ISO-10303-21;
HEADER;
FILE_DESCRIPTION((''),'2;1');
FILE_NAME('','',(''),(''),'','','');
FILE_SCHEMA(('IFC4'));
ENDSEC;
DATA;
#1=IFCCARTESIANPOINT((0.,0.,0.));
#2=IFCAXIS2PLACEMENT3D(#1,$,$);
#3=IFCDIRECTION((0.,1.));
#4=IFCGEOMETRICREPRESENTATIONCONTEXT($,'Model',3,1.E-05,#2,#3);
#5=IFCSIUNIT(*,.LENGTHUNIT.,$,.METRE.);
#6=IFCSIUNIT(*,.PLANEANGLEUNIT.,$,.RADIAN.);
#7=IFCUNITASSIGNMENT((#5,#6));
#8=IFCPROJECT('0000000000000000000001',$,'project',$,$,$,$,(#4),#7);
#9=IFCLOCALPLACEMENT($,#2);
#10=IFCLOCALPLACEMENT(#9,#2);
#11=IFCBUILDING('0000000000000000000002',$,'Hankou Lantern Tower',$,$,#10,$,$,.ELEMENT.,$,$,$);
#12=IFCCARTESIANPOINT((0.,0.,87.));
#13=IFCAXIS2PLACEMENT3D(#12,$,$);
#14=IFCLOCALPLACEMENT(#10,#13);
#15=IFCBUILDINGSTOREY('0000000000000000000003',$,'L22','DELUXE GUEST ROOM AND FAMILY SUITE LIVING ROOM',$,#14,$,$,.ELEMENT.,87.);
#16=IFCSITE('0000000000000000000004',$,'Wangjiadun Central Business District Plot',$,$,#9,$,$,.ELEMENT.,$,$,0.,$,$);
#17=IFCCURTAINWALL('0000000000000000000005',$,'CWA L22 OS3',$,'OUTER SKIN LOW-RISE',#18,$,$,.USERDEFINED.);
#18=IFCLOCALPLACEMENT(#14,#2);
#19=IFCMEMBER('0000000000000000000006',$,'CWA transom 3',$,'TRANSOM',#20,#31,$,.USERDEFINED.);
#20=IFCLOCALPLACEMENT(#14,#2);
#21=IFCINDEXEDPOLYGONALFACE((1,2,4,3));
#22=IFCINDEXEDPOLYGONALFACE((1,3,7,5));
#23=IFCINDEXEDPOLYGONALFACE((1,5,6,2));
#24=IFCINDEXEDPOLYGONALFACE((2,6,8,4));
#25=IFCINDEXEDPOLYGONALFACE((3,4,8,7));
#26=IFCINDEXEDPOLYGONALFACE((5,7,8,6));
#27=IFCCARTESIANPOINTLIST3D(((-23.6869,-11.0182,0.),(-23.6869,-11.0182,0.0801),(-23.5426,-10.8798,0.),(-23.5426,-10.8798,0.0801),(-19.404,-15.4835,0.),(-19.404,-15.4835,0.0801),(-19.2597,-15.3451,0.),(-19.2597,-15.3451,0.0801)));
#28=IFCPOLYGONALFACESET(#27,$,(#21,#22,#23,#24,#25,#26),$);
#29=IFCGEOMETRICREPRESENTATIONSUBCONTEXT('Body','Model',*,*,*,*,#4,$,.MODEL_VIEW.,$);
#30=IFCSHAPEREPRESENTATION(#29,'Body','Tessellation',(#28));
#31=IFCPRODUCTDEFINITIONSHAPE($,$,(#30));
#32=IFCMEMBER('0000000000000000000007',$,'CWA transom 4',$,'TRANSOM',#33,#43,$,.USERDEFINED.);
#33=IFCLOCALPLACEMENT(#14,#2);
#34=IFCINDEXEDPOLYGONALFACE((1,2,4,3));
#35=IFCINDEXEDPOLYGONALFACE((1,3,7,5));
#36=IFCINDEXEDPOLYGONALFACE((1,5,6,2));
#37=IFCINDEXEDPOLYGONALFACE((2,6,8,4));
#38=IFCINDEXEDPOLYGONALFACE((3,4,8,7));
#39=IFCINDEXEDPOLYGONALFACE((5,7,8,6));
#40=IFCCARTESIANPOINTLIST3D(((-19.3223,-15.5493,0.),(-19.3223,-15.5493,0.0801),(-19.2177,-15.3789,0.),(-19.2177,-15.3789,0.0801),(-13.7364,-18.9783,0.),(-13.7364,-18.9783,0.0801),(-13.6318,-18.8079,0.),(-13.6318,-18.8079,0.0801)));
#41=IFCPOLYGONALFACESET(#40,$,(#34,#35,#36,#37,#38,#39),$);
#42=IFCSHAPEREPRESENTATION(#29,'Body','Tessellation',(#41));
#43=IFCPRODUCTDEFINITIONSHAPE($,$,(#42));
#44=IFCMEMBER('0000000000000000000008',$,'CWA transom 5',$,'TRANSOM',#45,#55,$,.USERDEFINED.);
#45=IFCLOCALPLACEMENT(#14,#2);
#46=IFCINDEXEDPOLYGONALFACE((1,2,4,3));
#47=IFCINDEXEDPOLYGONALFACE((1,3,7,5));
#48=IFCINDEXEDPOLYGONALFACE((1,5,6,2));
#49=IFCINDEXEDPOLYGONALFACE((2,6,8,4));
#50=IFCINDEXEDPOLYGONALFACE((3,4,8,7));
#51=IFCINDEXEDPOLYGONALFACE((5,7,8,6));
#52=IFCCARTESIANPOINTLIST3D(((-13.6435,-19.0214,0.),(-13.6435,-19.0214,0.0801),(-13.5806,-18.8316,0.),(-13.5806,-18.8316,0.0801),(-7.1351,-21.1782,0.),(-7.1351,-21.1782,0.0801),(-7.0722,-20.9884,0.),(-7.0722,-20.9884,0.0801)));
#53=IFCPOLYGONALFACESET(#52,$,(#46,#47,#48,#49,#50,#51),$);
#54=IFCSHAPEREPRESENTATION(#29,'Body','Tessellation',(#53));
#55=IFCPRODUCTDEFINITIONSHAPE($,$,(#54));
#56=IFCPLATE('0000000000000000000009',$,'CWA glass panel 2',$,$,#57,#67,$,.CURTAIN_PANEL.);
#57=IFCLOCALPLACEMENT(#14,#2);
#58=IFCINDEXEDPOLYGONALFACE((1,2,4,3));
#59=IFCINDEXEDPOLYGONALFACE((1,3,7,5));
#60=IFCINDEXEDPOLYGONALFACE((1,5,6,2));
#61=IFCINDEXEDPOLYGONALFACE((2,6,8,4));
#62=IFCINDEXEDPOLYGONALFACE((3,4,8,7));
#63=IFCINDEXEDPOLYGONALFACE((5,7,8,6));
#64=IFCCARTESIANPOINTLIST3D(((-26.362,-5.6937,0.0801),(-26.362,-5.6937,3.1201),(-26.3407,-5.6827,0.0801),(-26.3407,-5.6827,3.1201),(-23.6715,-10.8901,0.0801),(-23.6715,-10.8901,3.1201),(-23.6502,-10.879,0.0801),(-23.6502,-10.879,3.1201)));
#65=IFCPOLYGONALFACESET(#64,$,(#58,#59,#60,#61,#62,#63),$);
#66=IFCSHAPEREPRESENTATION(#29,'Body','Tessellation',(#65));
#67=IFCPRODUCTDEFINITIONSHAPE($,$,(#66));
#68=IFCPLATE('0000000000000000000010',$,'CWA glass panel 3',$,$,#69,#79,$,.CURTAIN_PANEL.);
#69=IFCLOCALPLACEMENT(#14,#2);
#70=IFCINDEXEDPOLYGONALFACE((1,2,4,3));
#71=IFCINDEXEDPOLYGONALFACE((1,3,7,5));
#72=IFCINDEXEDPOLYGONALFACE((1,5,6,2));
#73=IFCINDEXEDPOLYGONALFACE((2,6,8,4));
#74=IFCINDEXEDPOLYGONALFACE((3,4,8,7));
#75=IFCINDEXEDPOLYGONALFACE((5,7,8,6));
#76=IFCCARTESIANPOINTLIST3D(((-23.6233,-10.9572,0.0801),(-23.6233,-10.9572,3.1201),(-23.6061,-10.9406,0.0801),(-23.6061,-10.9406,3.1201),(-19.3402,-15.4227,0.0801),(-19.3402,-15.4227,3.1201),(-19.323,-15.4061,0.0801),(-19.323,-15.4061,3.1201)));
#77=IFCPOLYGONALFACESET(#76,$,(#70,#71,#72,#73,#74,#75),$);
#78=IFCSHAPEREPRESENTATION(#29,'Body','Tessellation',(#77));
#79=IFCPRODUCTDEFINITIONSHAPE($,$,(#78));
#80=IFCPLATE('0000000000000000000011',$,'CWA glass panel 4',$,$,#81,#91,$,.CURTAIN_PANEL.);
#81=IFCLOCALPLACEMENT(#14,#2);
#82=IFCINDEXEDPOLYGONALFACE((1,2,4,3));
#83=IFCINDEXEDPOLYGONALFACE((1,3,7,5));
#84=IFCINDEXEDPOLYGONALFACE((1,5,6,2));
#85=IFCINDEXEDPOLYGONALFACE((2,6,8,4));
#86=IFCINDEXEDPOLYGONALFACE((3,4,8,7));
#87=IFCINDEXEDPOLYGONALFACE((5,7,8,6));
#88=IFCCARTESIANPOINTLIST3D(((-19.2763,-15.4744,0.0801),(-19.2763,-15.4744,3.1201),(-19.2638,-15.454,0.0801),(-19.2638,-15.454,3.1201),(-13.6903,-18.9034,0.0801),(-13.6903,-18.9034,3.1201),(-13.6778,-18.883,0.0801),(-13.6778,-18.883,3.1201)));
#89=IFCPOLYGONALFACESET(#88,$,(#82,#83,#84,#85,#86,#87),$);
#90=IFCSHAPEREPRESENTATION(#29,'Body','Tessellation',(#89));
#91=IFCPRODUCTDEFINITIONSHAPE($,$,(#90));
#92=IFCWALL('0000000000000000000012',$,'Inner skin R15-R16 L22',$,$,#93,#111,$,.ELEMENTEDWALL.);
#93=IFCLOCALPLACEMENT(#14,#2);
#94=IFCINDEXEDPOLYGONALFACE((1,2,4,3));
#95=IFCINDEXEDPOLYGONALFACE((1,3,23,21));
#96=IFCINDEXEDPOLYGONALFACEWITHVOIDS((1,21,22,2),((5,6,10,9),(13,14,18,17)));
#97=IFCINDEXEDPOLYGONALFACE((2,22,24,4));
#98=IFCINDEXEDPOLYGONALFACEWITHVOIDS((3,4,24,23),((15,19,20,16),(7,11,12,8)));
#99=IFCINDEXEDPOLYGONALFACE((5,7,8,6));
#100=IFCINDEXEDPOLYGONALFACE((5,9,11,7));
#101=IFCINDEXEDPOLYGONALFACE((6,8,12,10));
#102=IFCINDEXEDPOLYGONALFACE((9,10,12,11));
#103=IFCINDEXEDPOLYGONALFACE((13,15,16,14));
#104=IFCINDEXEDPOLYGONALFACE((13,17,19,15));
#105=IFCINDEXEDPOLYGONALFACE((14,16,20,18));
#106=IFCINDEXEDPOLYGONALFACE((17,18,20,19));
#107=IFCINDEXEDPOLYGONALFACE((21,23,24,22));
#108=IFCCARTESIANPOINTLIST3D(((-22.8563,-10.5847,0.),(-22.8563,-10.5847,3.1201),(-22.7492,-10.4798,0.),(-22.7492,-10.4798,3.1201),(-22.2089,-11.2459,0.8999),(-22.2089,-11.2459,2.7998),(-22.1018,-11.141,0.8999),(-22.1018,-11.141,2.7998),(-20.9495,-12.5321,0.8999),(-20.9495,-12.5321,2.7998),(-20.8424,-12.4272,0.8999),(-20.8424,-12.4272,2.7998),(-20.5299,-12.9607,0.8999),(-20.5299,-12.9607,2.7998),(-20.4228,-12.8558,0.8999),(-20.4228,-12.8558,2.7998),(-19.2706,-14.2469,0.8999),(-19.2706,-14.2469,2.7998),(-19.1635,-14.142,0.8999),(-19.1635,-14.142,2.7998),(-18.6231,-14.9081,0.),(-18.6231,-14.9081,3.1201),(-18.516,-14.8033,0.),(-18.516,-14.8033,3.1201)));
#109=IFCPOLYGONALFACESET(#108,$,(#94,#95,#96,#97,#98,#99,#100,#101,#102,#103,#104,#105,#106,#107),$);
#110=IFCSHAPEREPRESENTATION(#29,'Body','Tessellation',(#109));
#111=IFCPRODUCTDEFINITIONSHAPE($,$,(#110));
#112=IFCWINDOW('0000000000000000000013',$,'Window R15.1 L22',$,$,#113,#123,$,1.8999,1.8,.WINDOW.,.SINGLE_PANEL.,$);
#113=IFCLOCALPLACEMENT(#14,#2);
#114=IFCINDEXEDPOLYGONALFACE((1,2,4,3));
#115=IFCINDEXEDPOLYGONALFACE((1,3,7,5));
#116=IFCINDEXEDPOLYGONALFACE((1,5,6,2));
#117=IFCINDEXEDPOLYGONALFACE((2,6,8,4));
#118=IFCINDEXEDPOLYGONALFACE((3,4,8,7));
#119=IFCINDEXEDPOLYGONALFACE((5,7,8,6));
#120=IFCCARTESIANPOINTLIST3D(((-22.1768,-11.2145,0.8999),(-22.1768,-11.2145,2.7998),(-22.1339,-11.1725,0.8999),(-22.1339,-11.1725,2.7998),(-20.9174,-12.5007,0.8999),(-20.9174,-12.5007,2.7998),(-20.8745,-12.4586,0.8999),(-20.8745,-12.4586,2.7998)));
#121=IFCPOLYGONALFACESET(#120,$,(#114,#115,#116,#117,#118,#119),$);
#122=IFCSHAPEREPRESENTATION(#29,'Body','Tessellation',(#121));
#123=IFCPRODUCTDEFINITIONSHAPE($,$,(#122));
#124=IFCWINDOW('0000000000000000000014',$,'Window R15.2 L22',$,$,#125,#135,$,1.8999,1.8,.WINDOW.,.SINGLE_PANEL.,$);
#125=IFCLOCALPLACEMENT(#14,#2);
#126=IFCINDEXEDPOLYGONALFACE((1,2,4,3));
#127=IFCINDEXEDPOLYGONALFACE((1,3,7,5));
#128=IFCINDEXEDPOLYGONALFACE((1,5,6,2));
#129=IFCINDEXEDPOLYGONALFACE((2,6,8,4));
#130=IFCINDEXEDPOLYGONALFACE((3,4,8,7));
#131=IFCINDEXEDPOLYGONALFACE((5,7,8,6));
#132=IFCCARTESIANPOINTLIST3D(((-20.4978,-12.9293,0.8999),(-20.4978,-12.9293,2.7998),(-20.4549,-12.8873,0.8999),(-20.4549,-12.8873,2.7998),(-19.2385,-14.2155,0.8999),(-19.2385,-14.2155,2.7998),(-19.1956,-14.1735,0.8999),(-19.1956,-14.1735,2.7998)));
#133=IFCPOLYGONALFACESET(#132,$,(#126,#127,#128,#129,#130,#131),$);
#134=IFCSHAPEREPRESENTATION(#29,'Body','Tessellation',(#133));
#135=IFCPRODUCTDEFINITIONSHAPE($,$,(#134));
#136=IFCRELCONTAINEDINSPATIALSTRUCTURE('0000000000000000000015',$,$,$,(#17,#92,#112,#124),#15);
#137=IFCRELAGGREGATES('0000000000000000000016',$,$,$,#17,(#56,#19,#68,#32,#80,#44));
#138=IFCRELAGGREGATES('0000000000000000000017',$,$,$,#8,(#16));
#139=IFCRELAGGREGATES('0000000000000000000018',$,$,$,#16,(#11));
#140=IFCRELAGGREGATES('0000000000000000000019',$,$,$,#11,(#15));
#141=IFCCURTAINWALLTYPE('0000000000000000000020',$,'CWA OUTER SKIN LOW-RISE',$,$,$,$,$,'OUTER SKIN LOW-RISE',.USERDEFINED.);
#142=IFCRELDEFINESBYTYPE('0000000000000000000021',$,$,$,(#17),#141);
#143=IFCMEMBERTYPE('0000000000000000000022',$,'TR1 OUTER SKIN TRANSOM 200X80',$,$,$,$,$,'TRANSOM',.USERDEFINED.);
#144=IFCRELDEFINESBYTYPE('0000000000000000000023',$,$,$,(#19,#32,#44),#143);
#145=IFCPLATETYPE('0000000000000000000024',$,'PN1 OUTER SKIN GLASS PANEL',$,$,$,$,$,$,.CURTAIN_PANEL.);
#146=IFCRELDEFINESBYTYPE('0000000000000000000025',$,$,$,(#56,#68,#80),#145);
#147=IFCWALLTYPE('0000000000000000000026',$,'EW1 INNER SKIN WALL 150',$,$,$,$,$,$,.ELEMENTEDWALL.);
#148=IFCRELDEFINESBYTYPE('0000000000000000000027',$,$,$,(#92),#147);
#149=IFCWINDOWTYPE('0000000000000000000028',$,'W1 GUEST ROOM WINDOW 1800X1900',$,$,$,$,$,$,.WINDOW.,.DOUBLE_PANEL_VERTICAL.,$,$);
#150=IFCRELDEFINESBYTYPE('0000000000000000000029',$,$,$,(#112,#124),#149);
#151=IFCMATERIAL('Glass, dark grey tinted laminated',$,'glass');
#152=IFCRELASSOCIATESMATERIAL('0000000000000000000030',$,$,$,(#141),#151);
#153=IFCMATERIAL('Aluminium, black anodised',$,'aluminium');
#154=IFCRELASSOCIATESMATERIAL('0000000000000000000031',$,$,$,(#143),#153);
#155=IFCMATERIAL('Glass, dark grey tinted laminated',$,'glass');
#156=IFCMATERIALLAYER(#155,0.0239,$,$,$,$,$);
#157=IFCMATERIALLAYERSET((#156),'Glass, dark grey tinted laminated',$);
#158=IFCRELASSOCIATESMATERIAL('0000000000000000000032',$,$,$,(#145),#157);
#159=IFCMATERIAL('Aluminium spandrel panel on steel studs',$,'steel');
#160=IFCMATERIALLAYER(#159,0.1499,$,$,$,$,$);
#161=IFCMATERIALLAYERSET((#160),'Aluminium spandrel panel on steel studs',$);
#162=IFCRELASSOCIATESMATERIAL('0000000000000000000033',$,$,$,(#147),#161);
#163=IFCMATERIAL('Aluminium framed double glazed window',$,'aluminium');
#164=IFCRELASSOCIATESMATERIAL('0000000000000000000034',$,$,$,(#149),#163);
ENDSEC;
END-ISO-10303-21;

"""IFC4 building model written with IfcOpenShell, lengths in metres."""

from ifc_helpers import new_model, si_unit, direction, frame, frame_2d, origin, origin_2d, place, context, subcontext, project, spatial, rectangle, extrude, material, layer, layer_set, material_profile, profile_set, type_object, element, fill, aggregate, save


model = new_model("IFC4")

# Units and contexts
model_context = context("Model", 3, precision=1e-05, world=origin(), true_north=direction((0.0, 1.0)))
body_context = subcontext(model_context, "Body", "Model", "MODEL_VIEW")
ifc_project = project(units=[si_unit("LENGTHUNIT", "METRE"), si_unit("PLANEANGLEUNIT", "RADIAN")], contexts=[model_context])

# Site, building, storey
site_placement = place(None, origin())
site = spatial("IfcSite", under=ifc_project, at=site_placement, Name="Wangjiadun Central Business District Plot", CompositionType="ELEMENT", RefElevation=0.0)
building_placement = place(site_placement, origin())
building = spatial("IfcBuilding", under=site, at=building_placement, Name="Hankou Lantern Tower", CompositionType="ELEMENT")
storey_placement = place(building_placement, frame((0.0, 0.0, 87.0)))
storey = spatial("IfcBuildingStorey", under=building, at=storey_placement, Name="L22", Description="DELUXE GUEST ROOM AND FAMILY SUITE LIVING ROOM", CompositionType="ELEMENT", Elevation=87.0)

# Curtain wall
ifc_material_1 = material(Name="Glass, dark grey tinted laminated", Category="glass")
curtain_wall_type = type_object("IfcCurtainWallType", Name="CWA OUTER SKIN LOW-RISE", ElementType="OUTER SKIN LOW-RISE", PredefinedType="USERDEFINED", material=ifc_material_1)
curtain_wall_placement = place(storey_placement, origin())
curtain_wall = element("IfcCurtainWall", 1, at=curtain_wall_placement, inside=storey, type_object=curtain_wall_type, Name="CWA L22 OS3", ObjectType="OUTER SKIN LOW-RISE", PredefinedType="USERDEFINED")

# Members
ifc_material_2 = material(Name="Aluminium, black anodised", Category="aluminium")
ifc_material_profile_1 = material_profile(ifc_material_2, rectangle(XDim=0.2, YDim=0.0801, at=origin_2d()), Name="TR1 200X80")
ifc_profile_set_1 = profile_set([ifc_material_profile_1], Name="Aluminium, black anodised")
member_type_1 = type_object("IfcMemberType", Name="TR1 OUTER SKIN TRANSOM 200X80", ElementType="TRANSOM", PredefinedType="USERDEFINED", material=ifc_profile_set_1)
member_1_placement = place(storey_placement, frame((-23.6147, -10.949, 0.04), z_axis=(0.692216, -0.721691, 0.0), x_axis=(0.721691, 0.692216, 0.0)))
member_1 = element("IfcMember", 2, at=member_1_placement, type_object=member_type_1, Name="CWA transom 3", ObjectType="TRANSOM", PredefinedType="USERDEFINED", context=body_context, shape_type="SweptSolid", body=[
    extrude(rectangle(XDim=0.2, YDim=0.0801, at=origin_2d()), origin(), (0.0, 0.0, 1.0), 6.1873),
])
member_2_placement = place(storey_placement, frame((-19.27, -15.4641, 0.04), z_axis=(0.85224, -0.523152, 0.0), x_axis=(0.523152, 0.85224, 0.0)))
member_2 = element("IfcMember", 3, at=member_2_placement, type_object=member_type_1, Name="CWA transom 4", ObjectType="TRANSOM", PredefinedType="USERDEFINED", context=body_context, shape_type="SweptSolid", body=[
    extrude(rectangle(XDim=0.2, YDim=0.0801, at=origin_2d()), origin(), (0.0, 0.0, 1.0), 6.5544),
])
member_3_placement = place(storey_placement, frame((-13.6121, -18.9265, 0.04), z_axis=(0.949237, -0.314561, 0.0), x_axis=(0.314561, 0.949237, 0.0)))
member_3 = element("IfcMember", 4, at=member_3_placement, type_object=member_type_1, Name="CWA transom 5", ObjectType="TRANSOM", PredefinedType="USERDEFINED", context=body_context, shape_type="SweptSolid", body=[
    extrude(rectangle(XDim=0.2, YDim=0.0801, at=origin_2d()), origin(), (0.0, 0.0, 1.0), 6.8564),
])

# Plates
ifc_material_3 = material(Name="Glass, dark grey tinted laminated", Category="glass")
ifc_layer_1 = layer(ifc_material_3, 0.0239)
ifc_layer_set_1 = layer_set([ifc_layer_1], Name="Glass, dark grey tinted laminated")
plate_type = type_object("IfcPlateType", Name="PN1 OUTER SKIN GLASS PANEL", PredefinedType="CURTAIN_PANEL", material=ifc_layer_set_1)
plate_1_placement = place(storey_placement, frame((-25.0061, -8.2864, 0.0801), z_axis=(0.0, 0.0, 1.0), x_axis=(0.459791, -0.888027, 0.0)))
plate_1 = element("IfcPlate", 5, at=plate_1_placement, type_object=plate_type, Name="CWA glass panel 2", PredefinedType="CURTAIN_PANEL", context=body_context, shape_type="SweptSolid", body=[
    extrude(rectangle(XDim=5.8516, YDim=0.0239, at=origin_2d()), origin(), (0.0, 0.0, 1.0), 3.04),
])
plate_2_placement = place(storey_placement, frame((-21.4731, -13.1816, 0.0801), z_axis=(0.0, 0.0, 1.0), x_axis=(0.692216, -0.721691, 0.0)))
plate_2 = element("IfcPlate", 6, at=plate_2_placement, type_object=plate_type, Name="CWA glass panel 3", PredefinedType="CURTAIN_PANEL", context=body_context, shape_type="SweptSolid", body=[
    extrude(rectangle(XDim=6.1875, YDim=0.0239, at=origin_2d()), origin(), (0.0, 0.0, 1.0), 3.04),
])
plate_3_placement = place(storey_placement, frame((-16.4771, -17.1787, 0.0801), z_axis=(0.0, 0.0, 1.0), x_axis=(0.852237, -0.523156, 0.0)))
plate_3 = element("IfcPlate", 7, at=plate_3_placement, type_object=plate_type, Name="CWA glass panel 4", PredefinedType="CURTAIN_PANEL", context=body_context, shape_type="SweptSolid", body=[
    extrude(rectangle(XDim=6.5544, YDim=0.0239, at=origin_2d()), origin(), (0.0, 0.0, 1.0), 3.04),
])
aggregate(curtain_wall, [plate_1, member_1, plate_2, member_2, plate_3, member_3])

# Wall, openings, windows
ifc_material_4 = material(Name="Aluminium spandrel panel on steel studs", Category="steel")
ifc_layer_2 = layer(ifc_material_4, 0.1499)
ifc_layer_set_2 = layer_set([ifc_layer_2], Name="Aluminium spandrel panel on steel studs")
wall_type_1 = type_object("IfcWallType", Name="EW1 INNER SKIN WALL 150", PredefinedType="ELEMENTEDWALL", material=ifc_layer_set_2)
wall_1_placement = place(storey_placement, frame((-22.8027, -10.5322, 0.0), z_axis=(0.0, 0.0, 1.0), x_axis=(0.699603, -0.714532, 0.0)))
wall_1 = element("IfcWall", 8, at=wall_1_placement, inside=storey, type_object=wall_type_1, Name="Inner skin R15-R16 L22", PredefinedType="ELEMENTEDWALL", context=body_context, shape_type="SweptSolid", body=[
    extrude(rectangle(XDim=6.0508, YDim=0.1499, at=frame_2d((3.0254, 0.0))), origin(), (0.0, 0.0, 1.0), 3.1201),
])
opening_1_placement = place(wall_1_placement, frame((0.9255, 0.0, 0.8999)))
opening_1 = element("IfcOpeningElement", 9, at=opening_1_placement, cuts=wall_1, PredefinedType="OPENING", context=body_context, shape_type="SweptSolid", body=[
    extrude(rectangle(XDim=1.8, YDim=1.8999, at=frame_2d((0.8999, 0.95))), frame((0.0, 0.085, 0.0), z_axis=(0.0, -1.0, 0.0), x_axis=(1.0, 0.0, 0.0)), (0.0, 0.0, 1.0), 0.1699),
])
opening_2_placement = place(wall_1_placement, frame((3.3254, 0.0, 0.8999)))
opening_2 = element("IfcOpeningElement", 10, at=opening_2_placement, cuts=wall_1, PredefinedType="OPENING", context=body_context, shape_type="SweptSolid", body=[
    extrude(rectangle(XDim=1.8, YDim=1.8999, at=frame_2d((0.8999, 0.95))), frame((0.0, 0.085, 0.0), z_axis=(0.0, -1.0, 0.0), x_axis=(1.0, 0.0, 0.0)), (0.0, 0.0, 1.0), 0.1699),
])
ifc_material_5 = material(Name="Aluminium framed double glazed window", Category="aluminium")
window_type = type_object("IfcWindowType", Name="W1 GUEST ROOM WINDOW 1800X1900", PartitioningType="DOUBLE_PANEL_VERTICAL", PredefinedType="WINDOW", material=ifc_material_5)
window_1_placement = place(opening_1_placement, origin())
window_1 = element("IfcWindow", 11, at=window_1_placement, inside=storey, type_object=window_type, Name="Window R15.1 L22", OverallHeight=1.8999, OverallWidth=1.8, PartitioningType="SINGLE_PANEL", PredefinedType="WINDOW", context=body_context, shape_type="SweptSolid", body=[
    extrude(rectangle(XDim=1.8, YDim=1.8999, at=frame_2d((0.8999, 0.95))), frame((0.0, 0.03, 0.0), z_axis=(0.0, -1.0, 0.0), x_axis=(1.0, 0.0, 0.0)), (0.0, 0.0, 1.0), 0.0601),
])
fill(opening_1, window_1)
window_2_placement = place(opening_2_placement, origin())
window_2 = element("IfcWindow", 12, at=window_2_placement, inside=storey, type_object=window_type, Name="Window R15.2 L22", OverallHeight=1.8999, OverallWidth=1.8, PartitioningType="SINGLE_PANEL", PredefinedType="WINDOW", context=body_context, shape_type="SweptSolid", body=[
    extrude(rectangle(XDim=1.8, YDim=1.8999, at=frame_2d((0.8999, 0.95))), frame((0.0, 0.03, 0.0), z_axis=(0.0, -1.0, 0.0), x_axis=(1.0, 0.0, 0.0)), (0.0, 0.0, 1.0), 0.0601),
])
fill(opening_2, window_2)

save(model, "model.ifc")
